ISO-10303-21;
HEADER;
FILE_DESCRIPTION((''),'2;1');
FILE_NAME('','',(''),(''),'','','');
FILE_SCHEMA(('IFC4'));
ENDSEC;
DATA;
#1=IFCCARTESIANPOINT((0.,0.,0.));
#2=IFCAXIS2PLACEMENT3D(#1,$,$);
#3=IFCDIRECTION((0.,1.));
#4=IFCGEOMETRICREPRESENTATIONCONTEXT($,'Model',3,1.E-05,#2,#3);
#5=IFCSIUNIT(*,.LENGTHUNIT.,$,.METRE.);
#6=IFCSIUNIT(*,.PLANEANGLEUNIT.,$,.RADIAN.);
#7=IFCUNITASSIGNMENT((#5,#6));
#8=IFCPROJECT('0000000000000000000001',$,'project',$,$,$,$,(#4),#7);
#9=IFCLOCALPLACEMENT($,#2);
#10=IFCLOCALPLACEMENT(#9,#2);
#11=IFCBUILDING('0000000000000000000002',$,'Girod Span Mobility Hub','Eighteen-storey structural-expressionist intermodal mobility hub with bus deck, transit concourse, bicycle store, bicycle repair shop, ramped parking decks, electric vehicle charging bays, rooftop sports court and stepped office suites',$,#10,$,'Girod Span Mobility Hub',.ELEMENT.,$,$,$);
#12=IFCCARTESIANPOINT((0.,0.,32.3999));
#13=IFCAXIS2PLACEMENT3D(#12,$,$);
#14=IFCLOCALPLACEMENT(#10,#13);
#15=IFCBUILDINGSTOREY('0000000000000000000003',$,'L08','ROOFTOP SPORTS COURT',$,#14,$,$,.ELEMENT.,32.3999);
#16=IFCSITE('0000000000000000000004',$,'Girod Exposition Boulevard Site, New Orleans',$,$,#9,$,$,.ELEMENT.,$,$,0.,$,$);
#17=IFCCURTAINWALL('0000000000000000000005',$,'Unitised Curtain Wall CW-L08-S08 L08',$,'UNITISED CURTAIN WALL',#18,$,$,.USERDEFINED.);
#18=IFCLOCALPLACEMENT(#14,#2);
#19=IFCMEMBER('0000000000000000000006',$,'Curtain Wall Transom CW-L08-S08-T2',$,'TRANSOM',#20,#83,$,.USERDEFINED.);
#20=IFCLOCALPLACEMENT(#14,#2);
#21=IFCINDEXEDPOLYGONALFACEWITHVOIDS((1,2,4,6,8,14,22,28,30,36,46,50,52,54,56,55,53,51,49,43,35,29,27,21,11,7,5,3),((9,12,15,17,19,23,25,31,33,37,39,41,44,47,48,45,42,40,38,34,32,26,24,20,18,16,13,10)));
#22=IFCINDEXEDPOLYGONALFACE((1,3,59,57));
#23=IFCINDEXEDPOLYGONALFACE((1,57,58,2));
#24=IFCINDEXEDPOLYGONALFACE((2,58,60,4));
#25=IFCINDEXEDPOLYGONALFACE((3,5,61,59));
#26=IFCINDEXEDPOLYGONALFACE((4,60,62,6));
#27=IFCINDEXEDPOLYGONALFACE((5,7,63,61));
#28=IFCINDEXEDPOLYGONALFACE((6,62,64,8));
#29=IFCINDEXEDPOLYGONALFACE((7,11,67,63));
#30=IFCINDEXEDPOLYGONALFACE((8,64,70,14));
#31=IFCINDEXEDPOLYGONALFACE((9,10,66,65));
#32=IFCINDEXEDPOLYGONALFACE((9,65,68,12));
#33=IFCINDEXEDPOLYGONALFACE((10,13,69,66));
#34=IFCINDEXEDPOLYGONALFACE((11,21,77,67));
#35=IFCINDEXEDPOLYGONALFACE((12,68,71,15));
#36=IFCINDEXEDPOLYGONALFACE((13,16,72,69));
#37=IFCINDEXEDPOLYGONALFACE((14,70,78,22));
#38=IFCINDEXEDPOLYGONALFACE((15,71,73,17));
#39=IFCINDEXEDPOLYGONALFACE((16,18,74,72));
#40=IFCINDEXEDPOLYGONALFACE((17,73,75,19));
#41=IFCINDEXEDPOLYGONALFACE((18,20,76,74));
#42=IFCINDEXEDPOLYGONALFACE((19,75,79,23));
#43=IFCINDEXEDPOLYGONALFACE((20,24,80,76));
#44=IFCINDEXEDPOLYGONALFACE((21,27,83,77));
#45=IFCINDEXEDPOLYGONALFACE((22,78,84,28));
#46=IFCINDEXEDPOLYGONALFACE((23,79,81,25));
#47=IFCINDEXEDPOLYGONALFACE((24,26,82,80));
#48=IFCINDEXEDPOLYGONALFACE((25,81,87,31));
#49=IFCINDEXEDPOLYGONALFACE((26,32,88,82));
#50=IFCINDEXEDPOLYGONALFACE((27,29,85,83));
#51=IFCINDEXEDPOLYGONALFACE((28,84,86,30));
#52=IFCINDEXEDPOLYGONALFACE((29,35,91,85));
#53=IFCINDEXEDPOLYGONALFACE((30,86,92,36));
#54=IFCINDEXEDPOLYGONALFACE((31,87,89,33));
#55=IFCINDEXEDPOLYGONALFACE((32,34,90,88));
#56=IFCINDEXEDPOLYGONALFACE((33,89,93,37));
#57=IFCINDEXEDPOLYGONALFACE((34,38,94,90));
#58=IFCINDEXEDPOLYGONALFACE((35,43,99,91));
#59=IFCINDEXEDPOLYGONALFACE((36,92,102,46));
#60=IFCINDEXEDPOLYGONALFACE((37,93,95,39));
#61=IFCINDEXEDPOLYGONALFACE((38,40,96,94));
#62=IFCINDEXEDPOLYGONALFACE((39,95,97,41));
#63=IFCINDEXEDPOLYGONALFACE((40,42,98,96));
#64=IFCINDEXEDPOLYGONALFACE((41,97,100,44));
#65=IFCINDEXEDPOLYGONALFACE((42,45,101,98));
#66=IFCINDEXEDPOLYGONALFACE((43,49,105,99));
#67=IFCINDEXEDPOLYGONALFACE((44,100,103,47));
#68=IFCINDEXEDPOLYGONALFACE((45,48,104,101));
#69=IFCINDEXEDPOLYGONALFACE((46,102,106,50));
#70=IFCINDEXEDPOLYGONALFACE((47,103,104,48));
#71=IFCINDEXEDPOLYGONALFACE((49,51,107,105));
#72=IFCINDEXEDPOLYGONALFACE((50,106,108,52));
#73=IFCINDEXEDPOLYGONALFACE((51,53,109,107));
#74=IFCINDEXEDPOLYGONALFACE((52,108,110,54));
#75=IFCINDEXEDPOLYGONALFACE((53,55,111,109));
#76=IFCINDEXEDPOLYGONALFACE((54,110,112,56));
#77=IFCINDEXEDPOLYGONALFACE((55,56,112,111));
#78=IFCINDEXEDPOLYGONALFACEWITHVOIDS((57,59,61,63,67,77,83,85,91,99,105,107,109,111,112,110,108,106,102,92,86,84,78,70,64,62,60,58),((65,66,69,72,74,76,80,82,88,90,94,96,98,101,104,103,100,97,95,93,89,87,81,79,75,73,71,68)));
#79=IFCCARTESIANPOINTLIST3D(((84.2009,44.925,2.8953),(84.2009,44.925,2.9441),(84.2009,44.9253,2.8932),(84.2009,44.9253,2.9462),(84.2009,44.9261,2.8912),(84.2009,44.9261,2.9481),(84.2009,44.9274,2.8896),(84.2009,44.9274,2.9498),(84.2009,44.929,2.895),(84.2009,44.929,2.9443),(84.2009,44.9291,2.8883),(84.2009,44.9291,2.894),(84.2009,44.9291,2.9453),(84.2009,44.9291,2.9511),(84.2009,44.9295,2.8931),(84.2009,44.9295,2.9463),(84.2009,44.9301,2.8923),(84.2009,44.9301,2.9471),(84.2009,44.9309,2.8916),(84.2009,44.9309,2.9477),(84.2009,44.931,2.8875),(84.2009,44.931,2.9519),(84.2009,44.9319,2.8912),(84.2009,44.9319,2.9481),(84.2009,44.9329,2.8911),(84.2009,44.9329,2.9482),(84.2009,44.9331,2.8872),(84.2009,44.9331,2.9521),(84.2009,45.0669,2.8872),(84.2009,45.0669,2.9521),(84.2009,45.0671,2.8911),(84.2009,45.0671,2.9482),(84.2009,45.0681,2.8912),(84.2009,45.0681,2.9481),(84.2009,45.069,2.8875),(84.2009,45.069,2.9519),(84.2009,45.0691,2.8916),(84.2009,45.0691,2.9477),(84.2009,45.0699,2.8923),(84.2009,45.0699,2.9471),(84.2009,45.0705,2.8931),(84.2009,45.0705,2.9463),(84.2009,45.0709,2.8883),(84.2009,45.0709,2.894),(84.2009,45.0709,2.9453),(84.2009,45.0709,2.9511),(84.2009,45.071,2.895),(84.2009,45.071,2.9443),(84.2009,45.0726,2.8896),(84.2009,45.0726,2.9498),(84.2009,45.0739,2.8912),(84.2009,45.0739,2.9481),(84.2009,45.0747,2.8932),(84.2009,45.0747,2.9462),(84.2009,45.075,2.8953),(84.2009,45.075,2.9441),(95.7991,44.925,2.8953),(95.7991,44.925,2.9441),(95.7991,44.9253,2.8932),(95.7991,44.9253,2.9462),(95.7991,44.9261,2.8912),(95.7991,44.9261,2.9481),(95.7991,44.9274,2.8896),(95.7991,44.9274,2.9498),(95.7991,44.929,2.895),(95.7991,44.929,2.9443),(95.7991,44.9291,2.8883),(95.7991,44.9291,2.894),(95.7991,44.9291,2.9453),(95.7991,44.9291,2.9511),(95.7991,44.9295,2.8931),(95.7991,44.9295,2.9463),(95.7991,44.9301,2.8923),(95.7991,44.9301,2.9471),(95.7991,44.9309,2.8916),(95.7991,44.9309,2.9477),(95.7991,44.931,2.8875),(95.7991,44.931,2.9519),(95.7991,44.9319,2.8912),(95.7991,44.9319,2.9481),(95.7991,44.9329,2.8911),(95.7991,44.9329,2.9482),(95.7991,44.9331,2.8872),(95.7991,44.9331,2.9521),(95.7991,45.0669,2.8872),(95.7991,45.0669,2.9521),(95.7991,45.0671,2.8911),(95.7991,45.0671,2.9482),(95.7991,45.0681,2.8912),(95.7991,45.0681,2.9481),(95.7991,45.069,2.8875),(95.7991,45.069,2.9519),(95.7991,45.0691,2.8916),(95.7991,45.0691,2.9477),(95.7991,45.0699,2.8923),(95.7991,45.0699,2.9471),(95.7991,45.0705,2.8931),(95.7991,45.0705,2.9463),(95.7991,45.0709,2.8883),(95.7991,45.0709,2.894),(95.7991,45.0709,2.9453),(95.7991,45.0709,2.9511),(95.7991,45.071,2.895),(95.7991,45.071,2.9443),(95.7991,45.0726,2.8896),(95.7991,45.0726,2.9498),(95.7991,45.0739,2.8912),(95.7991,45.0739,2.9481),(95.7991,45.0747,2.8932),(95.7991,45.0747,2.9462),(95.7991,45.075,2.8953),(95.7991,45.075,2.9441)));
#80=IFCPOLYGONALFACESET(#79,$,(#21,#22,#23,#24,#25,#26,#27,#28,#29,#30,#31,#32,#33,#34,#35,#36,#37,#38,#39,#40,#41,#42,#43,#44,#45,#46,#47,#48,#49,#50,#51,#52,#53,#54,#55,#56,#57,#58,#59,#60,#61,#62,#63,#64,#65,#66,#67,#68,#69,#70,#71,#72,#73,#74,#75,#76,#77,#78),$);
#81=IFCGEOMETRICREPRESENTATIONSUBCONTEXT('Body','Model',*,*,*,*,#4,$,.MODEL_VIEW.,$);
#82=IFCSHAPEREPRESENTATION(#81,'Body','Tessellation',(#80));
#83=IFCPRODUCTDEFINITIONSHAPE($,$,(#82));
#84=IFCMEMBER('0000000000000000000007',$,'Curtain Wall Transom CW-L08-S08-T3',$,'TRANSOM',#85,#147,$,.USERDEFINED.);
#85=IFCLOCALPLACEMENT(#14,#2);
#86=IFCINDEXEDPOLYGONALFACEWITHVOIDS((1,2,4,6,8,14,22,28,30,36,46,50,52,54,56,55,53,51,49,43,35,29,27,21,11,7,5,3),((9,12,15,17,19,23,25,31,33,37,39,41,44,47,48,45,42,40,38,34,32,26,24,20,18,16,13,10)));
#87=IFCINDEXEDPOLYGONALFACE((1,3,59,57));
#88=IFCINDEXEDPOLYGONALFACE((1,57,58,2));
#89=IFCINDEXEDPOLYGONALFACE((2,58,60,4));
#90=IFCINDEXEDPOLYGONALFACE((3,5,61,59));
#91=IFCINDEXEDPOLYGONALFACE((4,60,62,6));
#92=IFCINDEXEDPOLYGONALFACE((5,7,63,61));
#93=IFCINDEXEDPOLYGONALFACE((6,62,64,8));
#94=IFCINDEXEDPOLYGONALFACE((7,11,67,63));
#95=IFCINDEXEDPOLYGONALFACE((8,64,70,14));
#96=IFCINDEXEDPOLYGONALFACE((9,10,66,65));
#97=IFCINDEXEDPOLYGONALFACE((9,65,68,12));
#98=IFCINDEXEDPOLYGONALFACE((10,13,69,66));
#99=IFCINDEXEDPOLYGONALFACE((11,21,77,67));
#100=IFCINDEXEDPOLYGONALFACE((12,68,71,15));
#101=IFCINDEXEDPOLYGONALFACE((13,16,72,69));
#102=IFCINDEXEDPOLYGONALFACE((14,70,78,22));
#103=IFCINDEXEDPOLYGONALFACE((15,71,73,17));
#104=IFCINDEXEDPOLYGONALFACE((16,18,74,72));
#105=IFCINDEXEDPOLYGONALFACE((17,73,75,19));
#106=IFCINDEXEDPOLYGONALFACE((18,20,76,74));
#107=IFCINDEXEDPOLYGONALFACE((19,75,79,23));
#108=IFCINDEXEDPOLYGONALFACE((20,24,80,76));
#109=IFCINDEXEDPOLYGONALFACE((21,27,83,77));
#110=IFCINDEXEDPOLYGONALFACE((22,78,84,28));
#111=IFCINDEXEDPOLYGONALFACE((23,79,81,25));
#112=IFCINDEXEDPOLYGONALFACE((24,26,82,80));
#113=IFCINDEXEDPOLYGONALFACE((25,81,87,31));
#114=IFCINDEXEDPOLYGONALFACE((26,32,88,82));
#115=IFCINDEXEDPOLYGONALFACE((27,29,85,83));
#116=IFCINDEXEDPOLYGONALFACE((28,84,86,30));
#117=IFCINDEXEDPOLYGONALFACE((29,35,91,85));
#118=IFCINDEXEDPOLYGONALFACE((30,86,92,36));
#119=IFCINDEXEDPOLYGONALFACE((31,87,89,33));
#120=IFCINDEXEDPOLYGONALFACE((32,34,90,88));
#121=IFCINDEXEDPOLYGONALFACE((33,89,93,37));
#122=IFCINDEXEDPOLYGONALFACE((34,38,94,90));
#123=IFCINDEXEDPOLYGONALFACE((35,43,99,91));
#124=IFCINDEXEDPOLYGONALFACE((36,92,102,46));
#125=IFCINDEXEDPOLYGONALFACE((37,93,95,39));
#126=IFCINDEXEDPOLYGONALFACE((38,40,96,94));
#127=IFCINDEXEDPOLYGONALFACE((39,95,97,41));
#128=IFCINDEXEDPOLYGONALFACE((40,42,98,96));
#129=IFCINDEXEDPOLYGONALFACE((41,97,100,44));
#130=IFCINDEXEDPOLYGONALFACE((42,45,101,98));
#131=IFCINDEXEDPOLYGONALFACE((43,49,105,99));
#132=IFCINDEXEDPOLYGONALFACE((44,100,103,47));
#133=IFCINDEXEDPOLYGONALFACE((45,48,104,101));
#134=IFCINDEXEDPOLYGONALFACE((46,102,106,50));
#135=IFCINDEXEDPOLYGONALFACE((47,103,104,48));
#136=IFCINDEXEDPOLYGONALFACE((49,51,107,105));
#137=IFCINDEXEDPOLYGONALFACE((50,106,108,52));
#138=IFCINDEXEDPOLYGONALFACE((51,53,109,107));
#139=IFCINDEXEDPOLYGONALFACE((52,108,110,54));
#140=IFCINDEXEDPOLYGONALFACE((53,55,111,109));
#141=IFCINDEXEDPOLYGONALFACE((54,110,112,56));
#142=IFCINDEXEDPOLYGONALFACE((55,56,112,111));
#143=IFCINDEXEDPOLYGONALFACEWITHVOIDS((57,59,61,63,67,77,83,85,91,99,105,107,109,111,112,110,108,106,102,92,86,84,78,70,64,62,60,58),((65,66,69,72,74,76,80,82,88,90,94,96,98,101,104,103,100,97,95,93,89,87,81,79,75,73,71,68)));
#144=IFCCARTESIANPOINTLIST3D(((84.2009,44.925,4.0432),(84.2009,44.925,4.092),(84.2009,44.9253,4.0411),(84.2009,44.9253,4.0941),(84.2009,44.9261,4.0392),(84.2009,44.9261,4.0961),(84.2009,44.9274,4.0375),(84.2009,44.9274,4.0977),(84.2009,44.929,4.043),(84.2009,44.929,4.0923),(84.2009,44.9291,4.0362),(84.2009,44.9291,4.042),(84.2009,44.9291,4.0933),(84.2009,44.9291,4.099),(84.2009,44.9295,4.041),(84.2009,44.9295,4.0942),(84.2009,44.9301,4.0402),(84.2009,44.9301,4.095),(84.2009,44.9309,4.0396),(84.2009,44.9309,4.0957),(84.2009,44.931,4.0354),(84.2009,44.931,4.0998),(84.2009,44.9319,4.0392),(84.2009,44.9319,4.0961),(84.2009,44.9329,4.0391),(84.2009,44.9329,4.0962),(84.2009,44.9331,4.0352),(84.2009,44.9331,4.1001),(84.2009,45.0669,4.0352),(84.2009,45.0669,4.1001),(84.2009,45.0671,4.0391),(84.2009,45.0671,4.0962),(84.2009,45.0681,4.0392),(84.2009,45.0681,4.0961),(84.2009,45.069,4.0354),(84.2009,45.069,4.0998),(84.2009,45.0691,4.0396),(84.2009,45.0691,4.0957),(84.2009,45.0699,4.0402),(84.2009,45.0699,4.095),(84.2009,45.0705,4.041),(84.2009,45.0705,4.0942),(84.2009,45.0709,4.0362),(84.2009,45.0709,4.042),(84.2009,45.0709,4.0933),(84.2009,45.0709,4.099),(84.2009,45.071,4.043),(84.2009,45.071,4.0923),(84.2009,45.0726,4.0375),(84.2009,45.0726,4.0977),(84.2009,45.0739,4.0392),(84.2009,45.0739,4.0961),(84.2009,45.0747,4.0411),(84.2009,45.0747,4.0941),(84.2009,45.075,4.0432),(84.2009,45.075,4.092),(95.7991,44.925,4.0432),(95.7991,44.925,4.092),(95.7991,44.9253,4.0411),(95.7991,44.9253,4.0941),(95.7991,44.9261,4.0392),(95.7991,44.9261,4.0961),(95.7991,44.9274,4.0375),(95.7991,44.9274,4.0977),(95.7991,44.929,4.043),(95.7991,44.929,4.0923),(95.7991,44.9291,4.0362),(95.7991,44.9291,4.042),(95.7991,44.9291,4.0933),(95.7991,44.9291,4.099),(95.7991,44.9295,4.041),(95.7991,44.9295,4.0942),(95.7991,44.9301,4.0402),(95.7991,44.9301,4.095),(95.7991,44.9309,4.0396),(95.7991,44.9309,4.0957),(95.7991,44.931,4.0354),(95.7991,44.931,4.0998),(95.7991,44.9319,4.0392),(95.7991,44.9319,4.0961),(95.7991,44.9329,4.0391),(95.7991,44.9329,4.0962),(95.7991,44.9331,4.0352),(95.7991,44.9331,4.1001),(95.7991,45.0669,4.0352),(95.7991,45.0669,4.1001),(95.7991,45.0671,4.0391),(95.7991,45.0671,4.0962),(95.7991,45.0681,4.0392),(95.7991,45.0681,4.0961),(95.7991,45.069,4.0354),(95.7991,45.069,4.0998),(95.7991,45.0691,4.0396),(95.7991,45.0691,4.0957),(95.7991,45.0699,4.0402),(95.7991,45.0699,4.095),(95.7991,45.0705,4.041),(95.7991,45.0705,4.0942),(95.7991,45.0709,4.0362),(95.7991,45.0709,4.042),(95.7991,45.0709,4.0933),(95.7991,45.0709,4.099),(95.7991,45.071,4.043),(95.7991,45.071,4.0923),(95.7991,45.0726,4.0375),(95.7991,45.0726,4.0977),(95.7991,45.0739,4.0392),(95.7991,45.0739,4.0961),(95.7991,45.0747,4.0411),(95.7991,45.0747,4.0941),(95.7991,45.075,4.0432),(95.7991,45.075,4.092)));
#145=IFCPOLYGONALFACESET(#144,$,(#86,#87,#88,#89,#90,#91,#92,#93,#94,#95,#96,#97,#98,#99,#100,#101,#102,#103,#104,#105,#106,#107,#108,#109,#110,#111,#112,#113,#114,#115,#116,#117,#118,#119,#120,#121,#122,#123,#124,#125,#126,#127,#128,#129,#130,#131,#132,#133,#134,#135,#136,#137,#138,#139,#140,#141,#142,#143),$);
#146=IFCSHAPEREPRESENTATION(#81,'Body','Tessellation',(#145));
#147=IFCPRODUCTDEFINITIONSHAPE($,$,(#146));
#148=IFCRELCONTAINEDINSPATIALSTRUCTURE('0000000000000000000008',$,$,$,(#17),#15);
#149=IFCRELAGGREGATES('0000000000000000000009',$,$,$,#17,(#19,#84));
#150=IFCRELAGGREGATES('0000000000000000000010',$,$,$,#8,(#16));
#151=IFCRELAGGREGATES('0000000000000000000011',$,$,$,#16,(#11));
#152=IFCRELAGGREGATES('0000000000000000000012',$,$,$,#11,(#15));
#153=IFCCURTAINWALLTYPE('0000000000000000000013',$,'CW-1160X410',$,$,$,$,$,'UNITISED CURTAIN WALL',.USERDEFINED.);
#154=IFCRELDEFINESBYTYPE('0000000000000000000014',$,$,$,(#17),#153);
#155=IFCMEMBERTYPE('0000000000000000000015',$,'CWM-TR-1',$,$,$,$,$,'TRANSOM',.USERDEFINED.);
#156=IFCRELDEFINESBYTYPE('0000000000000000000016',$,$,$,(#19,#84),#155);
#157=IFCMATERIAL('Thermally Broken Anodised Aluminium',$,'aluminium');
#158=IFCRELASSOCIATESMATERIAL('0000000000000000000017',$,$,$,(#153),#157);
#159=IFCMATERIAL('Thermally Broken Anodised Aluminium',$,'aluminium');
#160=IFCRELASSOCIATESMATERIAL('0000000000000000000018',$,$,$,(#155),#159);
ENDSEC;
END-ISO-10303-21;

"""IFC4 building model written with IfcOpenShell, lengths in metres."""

from ifc_helpers import new_model, si_unit, direction, frame, origin, origin_2d, place, context, subcontext, project, spatial, hollow_rectangle, extrude, material, material_profile, profile_set, type_object, element, aggregate, save


model = new_model("IFC4")

# Units and contexts
model_context = context("Model", 3, precision=1e-05, world=origin(), true_north=direction((0.0, 1.0)))
body_context = subcontext(model_context, "Body", "Model", "MODEL_VIEW")
ifc_project = project(units=[si_unit("LENGTHUNIT", "METRE"), si_unit("PLANEANGLEUNIT", "RADIAN")], contexts=[model_context])

# Site, building, storey
site_placement = place(None, origin())
site = spatial("IfcSite", under=ifc_project, at=site_placement, Name="Girod Exposition Boulevard Site, New Orleans", CompositionType="ELEMENT", RefElevation=0.0)
building_placement = place(site_placement, origin())
building = spatial("IfcBuilding", under=site, at=building_placement, Name="Girod Span Mobility Hub", Description="Eighteen-storey structural-expressionist intermodal mobility hub with bus deck, transit concourse, bicycle store, bicycle repair shop, ramped parking decks, electric vehicle charging bays, rooftop sports court and stepped office suites", LongName="Girod Span Mobility Hub", CompositionType="ELEMENT")
storey_placement = place(building_placement, frame((0.0, 0.0, 32.3999)))
storey = spatial("IfcBuildingStorey", under=building, at=storey_placement, Name="L08", Description="ROOFTOP SPORTS COURT", CompositionType="ELEMENT", Elevation=32.3999)

# Shared definitions
ifc_material_1 = material(Name="Thermally Broken Anodised Aluminium", Category="aluminium")
curtain_wall_type = type_object("IfcCurtainWallType", Name="CW-1160X410", ElementType="UNITISED CURTAIN WALL", PredefinedType="USERDEFINED", material=ifc_material_1)

# Curtain wall, members
curtain_wall_1_placement = place(storey_placement, origin())
curtain_wall_1 = element("IfcCurtainWall", 1, at=curtain_wall_1_placement, inside=storey, type_object=curtain_wall_type, Name="Unitised Curtain Wall CW-L08-S08 L08", ObjectType="UNITISED CURTAIN WALL", PredefinedType="USERDEFINED")
ifc_material_2 = material(Name="Thermally Broken Anodised Aluminium", Category="aluminium")
ifc_material_profile_1 = material_profile(ifc_material_2, hollow_rectangle(XDim=0.1499, YDim=0.0649, WallThickness=0.0039, InnerFilletRadius=0.0039, OuterFilletRadius=0.0081, at=origin_2d()), Name="CW-TR-65X150")
ifc_profile_set_1 = profile_set([ifc_material_profile_1], Name="Thermally Broken Anodised Aluminium")
member_type_1 = type_object("IfcMemberType", Name="CWM-TR-1", ElementType="TRANSOM", PredefinedType="USERDEFINED", material=ifc_profile_set_1)
member_1_placement = place(storey_placement, frame((84.2009, 45.0, 2.9197), z_axis=(1.0, 0.0, 0.0), x_axis=(0.0, 1.0, 0.0)))
member_1 = element("IfcMember", 2, at=member_1_placement, type_object=member_type_1, Name="Curtain Wall Transom CW-L08-S08-T2", ObjectType="TRANSOM", PredefinedType="USERDEFINED", context=body_context, shape_type="SweptSolid", body=[
    extrude(hollow_rectangle(XDim=0.1499, YDim=0.0649, WallThickness=0.0039, InnerFilletRadius=0.0039, OuterFilletRadius=0.0081, at=origin_2d()), origin(), (0.0, 0.0, 1.0), 11.5981),
])
member_2_placement = place(storey_placement, frame((84.2009, 45.0, 4.0676), z_axis=(1.0, 0.0, 0.0), x_axis=(0.0, 1.0, 0.0)))
member_2 = element("IfcMember", 3, at=member_2_placement, type_object=member_type_1, Name="Curtain Wall Transom CW-L08-S08-T3", ObjectType="TRANSOM", PredefinedType="USERDEFINED", context=body_context, shape_type="SweptSolid", body=[
    extrude(hollow_rectangle(XDim=0.1499, YDim=0.0649, WallThickness=0.0039, InnerFilletRadius=0.0039, OuterFilletRadius=0.0081, at=origin_2d()), origin(), (0.0, 0.0, 1.0), 11.5981),
])
aggregate(curtain_wall_1, [member_1, member_2])

save(model, "model.ifc")
